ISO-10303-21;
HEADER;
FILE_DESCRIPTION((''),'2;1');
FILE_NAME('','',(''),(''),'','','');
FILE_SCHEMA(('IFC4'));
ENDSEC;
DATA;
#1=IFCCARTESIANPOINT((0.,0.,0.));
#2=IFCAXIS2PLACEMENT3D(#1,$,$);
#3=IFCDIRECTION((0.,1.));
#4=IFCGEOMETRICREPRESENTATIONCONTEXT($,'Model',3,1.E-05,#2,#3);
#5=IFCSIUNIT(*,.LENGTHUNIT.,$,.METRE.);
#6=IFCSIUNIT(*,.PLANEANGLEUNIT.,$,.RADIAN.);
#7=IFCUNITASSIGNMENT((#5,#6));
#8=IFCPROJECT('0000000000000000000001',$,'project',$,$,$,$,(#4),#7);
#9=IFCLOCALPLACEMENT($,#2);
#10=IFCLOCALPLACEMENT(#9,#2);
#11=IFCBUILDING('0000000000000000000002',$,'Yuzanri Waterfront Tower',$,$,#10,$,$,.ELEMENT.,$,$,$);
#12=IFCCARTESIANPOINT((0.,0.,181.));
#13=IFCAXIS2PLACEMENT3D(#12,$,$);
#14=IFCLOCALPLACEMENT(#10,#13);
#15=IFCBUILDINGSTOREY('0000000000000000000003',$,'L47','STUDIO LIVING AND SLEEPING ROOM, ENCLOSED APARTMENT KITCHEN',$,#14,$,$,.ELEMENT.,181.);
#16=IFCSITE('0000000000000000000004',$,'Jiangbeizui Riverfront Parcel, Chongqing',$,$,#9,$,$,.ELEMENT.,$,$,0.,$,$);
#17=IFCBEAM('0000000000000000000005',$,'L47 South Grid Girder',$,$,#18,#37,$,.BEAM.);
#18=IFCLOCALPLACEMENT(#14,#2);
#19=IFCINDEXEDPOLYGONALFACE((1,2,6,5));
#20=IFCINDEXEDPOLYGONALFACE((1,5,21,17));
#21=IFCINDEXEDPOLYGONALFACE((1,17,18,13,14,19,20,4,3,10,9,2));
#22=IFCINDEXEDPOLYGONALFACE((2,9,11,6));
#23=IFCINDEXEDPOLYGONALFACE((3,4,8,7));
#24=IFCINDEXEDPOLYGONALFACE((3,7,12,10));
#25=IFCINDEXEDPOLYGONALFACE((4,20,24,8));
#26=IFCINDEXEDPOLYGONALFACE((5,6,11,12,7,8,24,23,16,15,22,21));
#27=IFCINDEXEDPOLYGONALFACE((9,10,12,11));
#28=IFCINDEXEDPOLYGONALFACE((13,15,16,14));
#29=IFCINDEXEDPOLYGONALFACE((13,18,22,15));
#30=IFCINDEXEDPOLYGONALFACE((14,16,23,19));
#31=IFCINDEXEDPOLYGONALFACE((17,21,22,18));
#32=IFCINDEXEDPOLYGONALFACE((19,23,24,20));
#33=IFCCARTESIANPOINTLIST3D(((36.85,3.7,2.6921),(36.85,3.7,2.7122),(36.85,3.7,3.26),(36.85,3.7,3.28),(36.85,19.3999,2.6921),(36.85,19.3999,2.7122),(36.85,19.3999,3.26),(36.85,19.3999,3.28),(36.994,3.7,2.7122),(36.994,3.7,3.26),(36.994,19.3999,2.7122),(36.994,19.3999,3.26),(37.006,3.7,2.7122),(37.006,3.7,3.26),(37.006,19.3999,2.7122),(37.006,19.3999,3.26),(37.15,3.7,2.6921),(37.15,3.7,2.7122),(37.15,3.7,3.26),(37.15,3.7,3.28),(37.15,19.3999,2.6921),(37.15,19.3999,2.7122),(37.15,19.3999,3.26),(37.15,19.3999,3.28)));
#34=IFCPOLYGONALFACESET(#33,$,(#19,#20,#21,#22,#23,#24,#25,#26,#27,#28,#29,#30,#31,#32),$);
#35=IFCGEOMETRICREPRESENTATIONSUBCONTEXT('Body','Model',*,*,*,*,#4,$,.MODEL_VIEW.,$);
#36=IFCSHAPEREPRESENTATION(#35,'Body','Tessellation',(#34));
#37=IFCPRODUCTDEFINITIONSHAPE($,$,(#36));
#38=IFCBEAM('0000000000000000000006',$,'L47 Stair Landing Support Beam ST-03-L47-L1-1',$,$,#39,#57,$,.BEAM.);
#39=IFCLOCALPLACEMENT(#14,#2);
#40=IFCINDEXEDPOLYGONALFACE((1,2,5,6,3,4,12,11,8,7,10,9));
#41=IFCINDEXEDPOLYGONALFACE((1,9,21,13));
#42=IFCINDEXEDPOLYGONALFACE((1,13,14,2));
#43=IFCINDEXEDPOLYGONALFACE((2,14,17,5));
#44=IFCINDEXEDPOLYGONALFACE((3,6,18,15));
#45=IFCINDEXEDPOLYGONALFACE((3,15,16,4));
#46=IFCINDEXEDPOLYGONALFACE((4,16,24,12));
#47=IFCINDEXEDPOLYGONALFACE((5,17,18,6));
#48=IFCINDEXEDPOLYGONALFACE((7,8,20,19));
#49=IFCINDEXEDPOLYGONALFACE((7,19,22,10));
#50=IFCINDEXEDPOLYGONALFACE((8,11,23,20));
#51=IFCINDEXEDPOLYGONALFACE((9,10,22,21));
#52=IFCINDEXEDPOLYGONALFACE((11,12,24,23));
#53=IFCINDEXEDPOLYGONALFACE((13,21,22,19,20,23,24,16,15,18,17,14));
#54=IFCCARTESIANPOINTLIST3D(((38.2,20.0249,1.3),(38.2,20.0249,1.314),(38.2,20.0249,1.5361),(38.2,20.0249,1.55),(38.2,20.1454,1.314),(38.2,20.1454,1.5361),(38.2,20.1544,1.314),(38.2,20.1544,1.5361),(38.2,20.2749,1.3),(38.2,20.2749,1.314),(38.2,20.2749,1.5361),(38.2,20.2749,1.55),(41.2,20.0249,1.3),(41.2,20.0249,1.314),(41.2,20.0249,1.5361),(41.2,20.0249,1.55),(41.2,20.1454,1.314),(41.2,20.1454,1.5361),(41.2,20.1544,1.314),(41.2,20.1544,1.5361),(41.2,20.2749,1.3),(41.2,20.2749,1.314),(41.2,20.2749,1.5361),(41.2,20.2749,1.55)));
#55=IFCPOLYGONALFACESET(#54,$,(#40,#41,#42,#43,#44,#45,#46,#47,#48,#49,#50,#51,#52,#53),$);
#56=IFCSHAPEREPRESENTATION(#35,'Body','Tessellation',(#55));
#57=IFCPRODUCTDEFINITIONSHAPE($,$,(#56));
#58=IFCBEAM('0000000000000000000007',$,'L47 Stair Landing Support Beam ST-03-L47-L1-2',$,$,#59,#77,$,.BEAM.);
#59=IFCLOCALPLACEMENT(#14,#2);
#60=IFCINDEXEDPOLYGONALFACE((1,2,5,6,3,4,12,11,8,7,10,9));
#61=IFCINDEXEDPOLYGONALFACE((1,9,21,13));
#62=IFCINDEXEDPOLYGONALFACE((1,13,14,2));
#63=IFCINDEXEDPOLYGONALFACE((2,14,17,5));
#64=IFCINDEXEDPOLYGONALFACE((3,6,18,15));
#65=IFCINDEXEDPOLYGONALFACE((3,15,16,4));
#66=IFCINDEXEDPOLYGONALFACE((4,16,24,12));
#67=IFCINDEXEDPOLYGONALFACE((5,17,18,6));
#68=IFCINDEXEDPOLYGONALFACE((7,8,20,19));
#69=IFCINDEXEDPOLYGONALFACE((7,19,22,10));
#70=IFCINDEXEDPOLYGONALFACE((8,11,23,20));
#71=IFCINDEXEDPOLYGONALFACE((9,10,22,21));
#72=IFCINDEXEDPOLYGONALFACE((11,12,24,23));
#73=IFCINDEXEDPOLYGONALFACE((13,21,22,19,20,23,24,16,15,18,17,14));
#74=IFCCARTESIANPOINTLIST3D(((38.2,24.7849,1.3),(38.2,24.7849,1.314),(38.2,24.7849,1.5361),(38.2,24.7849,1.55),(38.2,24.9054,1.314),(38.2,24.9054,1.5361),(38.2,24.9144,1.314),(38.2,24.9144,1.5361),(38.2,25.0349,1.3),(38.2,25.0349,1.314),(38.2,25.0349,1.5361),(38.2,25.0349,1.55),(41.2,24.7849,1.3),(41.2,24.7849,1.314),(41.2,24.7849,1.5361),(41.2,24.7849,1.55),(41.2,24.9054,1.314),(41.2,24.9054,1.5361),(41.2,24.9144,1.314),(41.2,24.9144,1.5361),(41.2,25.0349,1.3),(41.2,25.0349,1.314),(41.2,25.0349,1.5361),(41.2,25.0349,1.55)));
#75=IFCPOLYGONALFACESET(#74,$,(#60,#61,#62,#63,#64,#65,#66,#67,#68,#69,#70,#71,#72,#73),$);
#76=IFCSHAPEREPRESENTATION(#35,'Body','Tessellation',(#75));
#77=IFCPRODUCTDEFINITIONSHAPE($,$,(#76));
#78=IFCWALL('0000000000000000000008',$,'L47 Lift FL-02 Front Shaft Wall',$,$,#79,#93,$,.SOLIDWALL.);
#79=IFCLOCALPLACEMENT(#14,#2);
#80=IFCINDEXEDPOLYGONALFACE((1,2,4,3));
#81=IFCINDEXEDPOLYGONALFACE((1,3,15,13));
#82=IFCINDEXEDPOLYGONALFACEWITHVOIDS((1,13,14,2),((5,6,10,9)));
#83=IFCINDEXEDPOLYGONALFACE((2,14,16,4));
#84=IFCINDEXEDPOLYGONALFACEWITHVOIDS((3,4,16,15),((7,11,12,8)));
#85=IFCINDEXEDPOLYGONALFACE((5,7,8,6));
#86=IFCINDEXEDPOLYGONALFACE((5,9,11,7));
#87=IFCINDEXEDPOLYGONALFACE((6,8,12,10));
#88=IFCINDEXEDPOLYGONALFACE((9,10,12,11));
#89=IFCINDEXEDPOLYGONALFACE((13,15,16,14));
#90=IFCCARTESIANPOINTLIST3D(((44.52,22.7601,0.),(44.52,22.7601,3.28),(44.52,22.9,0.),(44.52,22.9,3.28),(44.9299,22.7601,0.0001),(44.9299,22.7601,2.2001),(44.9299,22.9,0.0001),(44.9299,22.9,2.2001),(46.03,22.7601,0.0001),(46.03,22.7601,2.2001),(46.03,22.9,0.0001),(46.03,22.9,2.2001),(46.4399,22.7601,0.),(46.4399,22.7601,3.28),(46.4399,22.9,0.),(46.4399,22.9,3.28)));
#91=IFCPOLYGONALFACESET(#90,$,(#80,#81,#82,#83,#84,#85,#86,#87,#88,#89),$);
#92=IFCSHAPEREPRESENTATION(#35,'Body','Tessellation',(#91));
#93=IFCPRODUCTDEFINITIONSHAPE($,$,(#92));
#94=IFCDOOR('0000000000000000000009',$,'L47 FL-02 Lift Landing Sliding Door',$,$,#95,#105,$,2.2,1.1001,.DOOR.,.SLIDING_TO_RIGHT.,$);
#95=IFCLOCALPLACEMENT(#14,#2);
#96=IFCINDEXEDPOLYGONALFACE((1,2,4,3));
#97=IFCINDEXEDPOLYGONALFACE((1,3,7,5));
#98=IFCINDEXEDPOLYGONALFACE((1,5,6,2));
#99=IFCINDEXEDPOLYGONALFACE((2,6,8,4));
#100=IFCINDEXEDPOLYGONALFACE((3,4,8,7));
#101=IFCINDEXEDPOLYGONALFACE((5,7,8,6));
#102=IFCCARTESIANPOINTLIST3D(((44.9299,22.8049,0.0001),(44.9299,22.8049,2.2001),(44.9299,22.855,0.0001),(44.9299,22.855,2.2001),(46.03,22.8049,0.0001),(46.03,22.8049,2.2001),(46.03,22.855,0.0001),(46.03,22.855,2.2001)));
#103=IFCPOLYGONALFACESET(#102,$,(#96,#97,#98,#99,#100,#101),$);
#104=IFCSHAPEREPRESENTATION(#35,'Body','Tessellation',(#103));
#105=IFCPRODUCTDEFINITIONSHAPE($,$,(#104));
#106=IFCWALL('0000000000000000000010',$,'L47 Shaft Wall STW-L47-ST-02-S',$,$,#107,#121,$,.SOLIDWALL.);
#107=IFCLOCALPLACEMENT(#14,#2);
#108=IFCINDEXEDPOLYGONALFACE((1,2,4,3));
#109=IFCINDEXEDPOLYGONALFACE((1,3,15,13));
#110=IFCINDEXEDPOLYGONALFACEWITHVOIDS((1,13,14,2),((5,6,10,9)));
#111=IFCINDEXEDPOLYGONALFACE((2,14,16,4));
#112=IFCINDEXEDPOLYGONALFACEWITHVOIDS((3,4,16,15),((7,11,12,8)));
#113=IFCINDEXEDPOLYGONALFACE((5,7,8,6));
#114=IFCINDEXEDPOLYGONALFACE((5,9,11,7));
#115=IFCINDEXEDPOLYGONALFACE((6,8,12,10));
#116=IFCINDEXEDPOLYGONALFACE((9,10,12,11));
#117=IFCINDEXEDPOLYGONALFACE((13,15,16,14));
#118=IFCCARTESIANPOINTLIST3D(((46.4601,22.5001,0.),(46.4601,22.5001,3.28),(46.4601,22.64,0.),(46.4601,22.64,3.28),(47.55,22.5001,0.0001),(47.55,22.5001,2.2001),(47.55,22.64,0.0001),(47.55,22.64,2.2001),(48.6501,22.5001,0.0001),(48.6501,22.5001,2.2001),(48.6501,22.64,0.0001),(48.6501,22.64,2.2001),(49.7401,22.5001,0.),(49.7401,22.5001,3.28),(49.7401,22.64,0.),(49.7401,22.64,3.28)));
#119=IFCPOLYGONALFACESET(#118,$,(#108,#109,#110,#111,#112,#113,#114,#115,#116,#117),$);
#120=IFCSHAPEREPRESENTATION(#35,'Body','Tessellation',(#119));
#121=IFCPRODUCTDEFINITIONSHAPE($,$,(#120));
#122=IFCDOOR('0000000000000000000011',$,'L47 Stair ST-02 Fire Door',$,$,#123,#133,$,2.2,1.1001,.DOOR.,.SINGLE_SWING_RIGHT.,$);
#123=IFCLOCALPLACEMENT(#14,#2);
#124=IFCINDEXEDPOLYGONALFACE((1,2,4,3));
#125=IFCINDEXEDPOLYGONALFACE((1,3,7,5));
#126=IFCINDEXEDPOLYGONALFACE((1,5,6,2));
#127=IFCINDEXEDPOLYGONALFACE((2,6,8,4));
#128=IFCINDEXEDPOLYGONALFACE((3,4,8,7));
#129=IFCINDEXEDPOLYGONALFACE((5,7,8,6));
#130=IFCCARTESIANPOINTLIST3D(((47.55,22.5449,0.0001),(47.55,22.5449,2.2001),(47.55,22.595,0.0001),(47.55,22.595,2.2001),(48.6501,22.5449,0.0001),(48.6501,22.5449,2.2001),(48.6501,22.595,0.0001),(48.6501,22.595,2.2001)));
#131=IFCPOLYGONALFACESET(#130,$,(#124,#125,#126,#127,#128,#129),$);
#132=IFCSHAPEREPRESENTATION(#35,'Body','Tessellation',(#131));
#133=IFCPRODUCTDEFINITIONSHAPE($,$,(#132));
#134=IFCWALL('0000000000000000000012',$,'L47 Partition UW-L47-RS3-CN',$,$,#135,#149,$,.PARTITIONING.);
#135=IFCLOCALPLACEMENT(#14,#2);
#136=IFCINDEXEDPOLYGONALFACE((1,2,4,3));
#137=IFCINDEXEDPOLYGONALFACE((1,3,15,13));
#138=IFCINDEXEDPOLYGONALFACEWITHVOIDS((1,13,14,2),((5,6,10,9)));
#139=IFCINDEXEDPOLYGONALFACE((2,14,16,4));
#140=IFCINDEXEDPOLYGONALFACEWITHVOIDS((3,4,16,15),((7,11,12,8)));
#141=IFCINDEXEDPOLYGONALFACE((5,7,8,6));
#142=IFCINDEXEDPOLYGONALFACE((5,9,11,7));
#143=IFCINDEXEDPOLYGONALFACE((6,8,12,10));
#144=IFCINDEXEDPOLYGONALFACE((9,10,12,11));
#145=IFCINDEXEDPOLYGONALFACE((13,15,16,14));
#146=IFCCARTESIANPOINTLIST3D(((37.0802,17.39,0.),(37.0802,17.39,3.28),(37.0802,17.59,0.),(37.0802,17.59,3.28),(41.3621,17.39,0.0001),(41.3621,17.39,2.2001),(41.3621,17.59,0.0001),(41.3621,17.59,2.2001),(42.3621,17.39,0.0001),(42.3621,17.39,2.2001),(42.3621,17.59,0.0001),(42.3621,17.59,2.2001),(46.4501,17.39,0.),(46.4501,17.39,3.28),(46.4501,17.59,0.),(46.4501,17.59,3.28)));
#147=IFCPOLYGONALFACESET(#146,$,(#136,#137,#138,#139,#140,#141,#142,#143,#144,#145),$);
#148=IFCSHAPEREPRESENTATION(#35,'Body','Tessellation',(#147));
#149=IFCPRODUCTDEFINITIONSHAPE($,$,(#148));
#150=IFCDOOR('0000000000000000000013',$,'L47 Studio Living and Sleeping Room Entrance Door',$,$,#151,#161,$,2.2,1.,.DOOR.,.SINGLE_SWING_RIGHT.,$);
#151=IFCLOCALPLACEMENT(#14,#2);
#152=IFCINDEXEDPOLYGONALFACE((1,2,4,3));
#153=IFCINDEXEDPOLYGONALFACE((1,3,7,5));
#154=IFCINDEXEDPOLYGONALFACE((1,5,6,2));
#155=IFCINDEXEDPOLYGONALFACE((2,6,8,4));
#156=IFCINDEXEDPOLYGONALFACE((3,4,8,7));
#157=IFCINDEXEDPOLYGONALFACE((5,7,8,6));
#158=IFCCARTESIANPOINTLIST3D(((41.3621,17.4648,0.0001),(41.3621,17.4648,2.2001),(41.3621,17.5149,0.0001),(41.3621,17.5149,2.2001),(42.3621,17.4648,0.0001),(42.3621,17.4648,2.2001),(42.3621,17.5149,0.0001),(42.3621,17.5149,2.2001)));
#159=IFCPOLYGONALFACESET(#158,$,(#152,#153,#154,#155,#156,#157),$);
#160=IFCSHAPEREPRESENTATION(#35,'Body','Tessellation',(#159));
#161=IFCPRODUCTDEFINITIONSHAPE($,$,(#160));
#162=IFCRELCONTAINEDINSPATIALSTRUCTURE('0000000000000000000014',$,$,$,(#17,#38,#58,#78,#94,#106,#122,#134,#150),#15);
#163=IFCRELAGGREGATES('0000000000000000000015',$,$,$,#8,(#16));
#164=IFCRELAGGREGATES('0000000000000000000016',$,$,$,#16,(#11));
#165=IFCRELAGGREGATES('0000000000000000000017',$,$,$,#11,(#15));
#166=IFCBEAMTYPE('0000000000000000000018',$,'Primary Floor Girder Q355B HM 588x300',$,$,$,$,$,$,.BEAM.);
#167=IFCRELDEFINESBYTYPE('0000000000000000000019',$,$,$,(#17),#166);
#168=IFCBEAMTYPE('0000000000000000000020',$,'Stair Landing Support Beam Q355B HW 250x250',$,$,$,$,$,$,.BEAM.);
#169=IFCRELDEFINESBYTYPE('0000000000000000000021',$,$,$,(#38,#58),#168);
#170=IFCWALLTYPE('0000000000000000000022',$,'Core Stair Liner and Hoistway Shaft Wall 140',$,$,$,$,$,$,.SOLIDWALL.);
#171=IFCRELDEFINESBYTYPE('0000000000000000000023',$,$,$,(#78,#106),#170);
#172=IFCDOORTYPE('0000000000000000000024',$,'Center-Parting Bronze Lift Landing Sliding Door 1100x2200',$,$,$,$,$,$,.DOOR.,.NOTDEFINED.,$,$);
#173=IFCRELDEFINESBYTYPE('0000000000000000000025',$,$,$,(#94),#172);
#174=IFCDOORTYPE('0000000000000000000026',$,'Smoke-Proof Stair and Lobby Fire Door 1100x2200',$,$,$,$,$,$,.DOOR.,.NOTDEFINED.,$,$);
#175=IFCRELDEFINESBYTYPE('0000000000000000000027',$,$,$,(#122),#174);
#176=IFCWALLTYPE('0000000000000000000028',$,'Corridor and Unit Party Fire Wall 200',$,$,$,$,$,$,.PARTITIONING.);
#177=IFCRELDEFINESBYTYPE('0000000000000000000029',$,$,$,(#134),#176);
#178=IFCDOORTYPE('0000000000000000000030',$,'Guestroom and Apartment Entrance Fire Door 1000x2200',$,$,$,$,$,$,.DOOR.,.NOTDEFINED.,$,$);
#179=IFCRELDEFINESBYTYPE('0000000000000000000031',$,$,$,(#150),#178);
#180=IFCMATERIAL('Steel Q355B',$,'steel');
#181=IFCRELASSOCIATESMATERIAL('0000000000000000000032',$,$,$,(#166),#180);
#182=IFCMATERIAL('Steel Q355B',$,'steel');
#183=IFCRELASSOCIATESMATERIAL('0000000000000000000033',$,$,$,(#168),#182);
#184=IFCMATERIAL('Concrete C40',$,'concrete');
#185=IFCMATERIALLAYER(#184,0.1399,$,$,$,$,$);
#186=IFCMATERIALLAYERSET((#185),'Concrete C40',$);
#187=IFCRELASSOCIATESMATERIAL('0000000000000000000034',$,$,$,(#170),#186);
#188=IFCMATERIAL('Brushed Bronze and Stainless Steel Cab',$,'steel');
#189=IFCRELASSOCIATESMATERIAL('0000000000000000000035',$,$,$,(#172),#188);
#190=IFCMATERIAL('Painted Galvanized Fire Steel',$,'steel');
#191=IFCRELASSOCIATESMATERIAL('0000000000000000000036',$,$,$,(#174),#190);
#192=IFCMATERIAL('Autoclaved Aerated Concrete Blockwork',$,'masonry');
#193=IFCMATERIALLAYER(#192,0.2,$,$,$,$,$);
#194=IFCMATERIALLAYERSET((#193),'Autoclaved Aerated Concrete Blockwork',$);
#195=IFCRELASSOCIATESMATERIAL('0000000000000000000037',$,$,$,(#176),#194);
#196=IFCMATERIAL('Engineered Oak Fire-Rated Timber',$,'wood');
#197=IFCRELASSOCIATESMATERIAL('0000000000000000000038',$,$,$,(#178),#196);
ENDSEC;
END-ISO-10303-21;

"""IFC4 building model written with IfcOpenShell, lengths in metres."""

from ifc_helpers import new_model, si_unit, direction, frame, frame_2d, origin, origin_2d, place, context, subcontext, project, spatial, rectangle, i_section, extrude, source, transform, mapped, material, layer, layer_set, material_profile, profile_set, type_object, element, fill, save


model = new_model("IFC4")

# Units and contexts
model_context = context("Model", 3, precision=1e-05, world=origin(), true_north=direction((0.0, 1.0)))
body_context = subcontext(model_context, "Body", "Model", "MODEL_VIEW")
ifc_project = project(units=[si_unit("LENGTHUNIT", "METRE"), si_unit("PLANEANGLEUNIT", "RADIAN")], contexts=[model_context])

# Site, building, storey
site_placement = place(None, origin())
site = spatial("IfcSite", under=ifc_project, at=site_placement, Name="Jiangbeizui Riverfront Parcel, Chongqing", CompositionType="ELEMENT", RefElevation=0.0)
building_placement = place(site_placement, origin())
building = spatial("IfcBuilding", under=site, at=building_placement, Name="Yuzanri Waterfront Tower", CompositionType="ELEMENT")
storey_placement = place(building_placement, frame((0.0, 0.0, 181.0)))
storey = spatial("IfcBuildingStorey", under=building, at=storey_placement, Name="L47", Description="STUDIO LIVING AND SLEEPING ROOM, ENCLOSED APARTMENT KITCHEN", CompositionType="ELEMENT", Elevation=181.0)

# Beams
ifc_material_1 = material(Name="Steel Q355B", Category="steel")
ifc_material_profile_1 = material_profile(ifc_material_1, i_section(OverallWidth=0.3, OverallDepth=0.5879, WebThickness=0.012, FlangeThickness=0.02, at=origin_2d()), Name="HM 588x300x12x20")
ifc_profile_set_1 = profile_set([ifc_material_profile_1], Name="Steel Q355B")
beam_type_1 = type_object("IfcBeamType", Name="Primary Floor Girder Q355B HM 588x300", PredefinedType="BEAM", material=ifc_profile_set_1)
shared_shape_1 = source(origin(), body_context, "Body", "SweptSolid", [
    extrude(i_section(OverallWidth=0.3, OverallDepth=0.5879, WebThickness=0.012, FlangeThickness=0.02, at=origin_2d()), origin(), (0.0, 0.0, 1.0), 15.7),
])
beam_placement = place(storey_placement, frame((37.0, 19.3999, 2.9861), z_axis=(0.0, -1.0, 0.0), x_axis=(1.0, 0.0, 0.0)))
element("IfcBeam", 1, at=beam_placement, inside=storey, type_object=beam_type_1, Name="L47 South Grid Girder", PredefinedType="BEAM", context=body_context, shape_type="MappedRepresentation", body=[
    mapped(shared_shape_1, transform((0.0, 0.0, 0.0), scale=1.0)),
])
ifc_material_2 = material(Name="Steel Q355B", Category="steel")
ifc_material_profile_2 = material_profile(ifc_material_2, i_section(OverallWidth=0.25, OverallDepth=0.25, WebThickness=0.009, FlangeThickness=0.0139, at=origin_2d()), Name="HW 250x250x9x14")
ifc_profile_set_2 = profile_set([ifc_material_profile_2], Name="Steel Q355B")
beam_type_2 = type_object("IfcBeamType", Name="Stair Landing Support Beam Q355B HW 250x250", PredefinedType="BEAM", material=ifc_profile_set_2)
shared_shape_2 = source(origin(), body_context, "Body", "SweptSolid", [
    extrude(i_section(OverallWidth=0.25, OverallDepth=0.25, WebThickness=0.009, FlangeThickness=0.0139, at=origin_2d()), origin(), (0.0, 0.0, 1.0), 3.0),
])
for number, where, z_axis, x_axis, name in (
    (2, (38.2, 20.1499, 1.425), (1.0, 0.0, 0.0), (0.0, 1.0, 0.0), "L47 Stair Landing Support Beam ST-03-L47-L1-1"),
    (3, (38.2, 24.9099, 1.425), (1.0, 0.0, 0.0), (0.0, 1.0, 0.0), "L47 Stair Landing Support Beam ST-03-L47-L1-2"),
):
    element("IfcBeam", number, at=place(storey_placement, frame(where, z_axis=z_axis, x_axis=x_axis)), inside=storey, type_object=beam_type_2, Name=name, PredefinedType="BEAM", context=body_context, shape_type="MappedRepresentation", body=[
        mapped(shared_shape_2, transform((0.0, 0.0, 0.0), scale=1.0)),
    ])

# Walls, openings, doors
ifc_material_3 = material(Name="Concrete C40", Category="concrete")
ifc_layer_1 = layer(ifc_material_3, 0.1399)
ifc_layer_set_1 = layer_set([ifc_layer_1], Name="Concrete C40")
wall_type_1 = type_object("IfcWallType", Name="Core Stair Liner and Hoistway Shaft Wall 140", PredefinedType="SOLIDWALL", material=ifc_layer_set_1)
wall_1_placement = place(storey_placement, frame((44.52, 22.8301, 0.0), z_axis=(0.0, 0.0, 1.0), x_axis=(1.0, 0.0, 0.0)))
wall_1 = element("IfcWall", 4, at=wall_1_placement, inside=storey, type_object=wall_type_1, Name="L47 Lift FL-02 Front Shaft Wall", PredefinedType="SOLIDWALL", context=body_context, shape_type="SweptSolid", body=[
    extrude(rectangle(XDim=1.9199, YDim=0.1399, at=frame_2d((0.96, 0.0))), origin(), (0.0, 0.0, 1.0), 3.28),
])
opening_1_placement = place(wall_1_placement, frame((0.4099, 0.0, 0.0)))
opening_1 = element("IfcOpeningElement", 5, at=opening_1_placement, cuts=wall_1, PredefinedType="OPENING", context=body_context, shape_type="SweptSolid", body=[
    extrude(rectangle(XDim=1.1001, YDim=2.2, at=frame_2d((0.55, 1.1001))), frame((0.0, 0.085, 0.0), z_axis=(0.0, -1.0, 0.0), x_axis=(1.0, 0.0, 0.0)), (0.0, 0.0, 1.0), 0.1697),
])
ifc_material_4 = material(Name="Brushed Bronze and Stainless Steel Cab", Category="steel")
door_type_1 = type_object("IfcDoorType", Name="Center-Parting Bronze Lift Landing Sliding Door 1100x2200", OperationType="NOTDEFINED", PredefinedType="DOOR", material=ifc_material_4)
shared_shape_3 = source(origin(), body_context, "Body", "SweptSolid", [
    extrude(rectangle(XDim=1.1001, YDim=2.2, at=frame_2d((0.55, 1.1001))), frame((0.0, 0.0249, 0.0), z_axis=(0.0, -1.0, 0.0), x_axis=(1.0, 0.0, 0.0)), (0.0, 0.0, 1.0), 0.05),
])
door_1_placement = place(opening_1_placement, origin())
door_1 = element("IfcDoor", 6, at=door_1_placement, inside=storey, type_object=door_type_1, Name="L47 FL-02 Lift Landing Sliding Door", OperationType="SLIDING_TO_RIGHT", OverallHeight=2.2, OverallWidth=1.1001, PredefinedType="DOOR", context=body_context, shape_type="MappedRepresentation", body=[
    mapped(shared_shape_3, transform((0.0, 0.0, 0.0), scale=1.0)),
])
fill(opening_1, door_1)
wall_2_placement = place(storey_placement, frame((46.46, 22.5701, 0.0), z_axis=(0.0, 0.0, 1.0), x_axis=(1.0, 0.0, 0.0)))
wall_2 = element("IfcWall", 7, at=wall_2_placement, inside=storey, type_object=wall_type_1, Name="L47 Shaft Wall STW-L47-ST-02-S", PredefinedType="SOLIDWALL", context=body_context, shape_type="SweptSolid", body=[
    extrude(rectangle(XDim=3.28, YDim=0.1399, at=frame_2d((1.6401, 0.0))), origin(), (0.0, 0.0, 1.0), 3.28),
])
opening_2_placement = place(wall_2_placement, frame((1.0901, 0.0, 0.0)))
opening_2 = element("IfcOpeningElement", 8, at=opening_2_placement, cuts=wall_2, PredefinedType="OPENING", context=body_context, shape_type="SweptSolid", body=[
    extrude(rectangle(XDim=1.1001, YDim=2.2, at=frame_2d((0.55, 1.1001))), frame((0.0, 0.085, 0.0), z_axis=(0.0, -1.0, 0.0), x_axis=(1.0, 0.0, 0.0)), (0.0, 0.0, 1.0), 0.1697),
])
ifc_material_5 = material(Name="Painted Galvanized Fire Steel", Category="steel")
door_type_2 = type_object("IfcDoorType", Name="Smoke-Proof Stair and Lobby Fire Door 1100x2200", OperationType="NOTDEFINED", PredefinedType="DOOR", material=ifc_material_5)
shared_shape_4 = source(origin(), body_context, "Body", "SweptSolid", [
    extrude(rectangle(XDim=1.1001, YDim=2.2, at=frame_2d((0.55, 1.1001))), frame((0.0, 0.0249, 0.0), z_axis=(0.0, -1.0, 0.0), x_axis=(1.0, 0.0, 0.0)), (0.0, 0.0, 1.0), 0.05),
])
door_2_placement = place(opening_2_placement, origin())
door_2 = element("IfcDoor", 9, at=door_2_placement, inside=storey, type_object=door_type_2, Name="L47 Stair ST-02 Fire Door", OperationType="SINGLE_SWING_RIGHT", OverallHeight=2.2, OverallWidth=1.1001, PredefinedType="DOOR", context=body_context, shape_type="MappedRepresentation", body=[
    mapped(shared_shape_4, transform((0.0, 0.0, 0.0), scale=1.0)),
])
fill(opening_2, door_2)
ifc_material_6 = material(Name="Autoclaved Aerated Concrete Blockwork", Category="masonry")
ifc_layer_2 = layer(ifc_material_6, 0.2)
ifc_layer_set_2 = layer_set([ifc_layer_2], Name="Autoclaved Aerated Concrete Blockwork")
wall_type_2 = type_object("IfcWallType", Name="Corridor and Unit Party Fire Wall 200", PredefinedType="PARTITIONING", material=ifc_layer_set_2)
wall_3_placement = place(storey_placement, frame((37.0801, 17.49, 0.0), z_axis=(0.0, 0.0, 1.0), x_axis=(1.0, 0.0, 0.0)))
wall_3 = element("IfcWall", 10, at=wall_3_placement, inside=storey, type_object=wall_type_2, Name="L47 Partition UW-L47-RS3-CN", PredefinedType="PARTITIONING", context=body_context, shape_type="SweptSolid", body=[
    extrude(rectangle(XDim=9.3699, YDim=0.2, at=frame_2d((4.6851, 0.0))), origin(), (0.0, 0.0, 1.0), 3.28),
])
opening_3_placement = place(wall_3_placement, frame((4.282, 0.0, 0.0)))
opening_3 = element("IfcOpeningElement", 11, at=opening_3_placement, cuts=wall_3, PredefinedType="OPENING", context=body_context, shape_type="SweptSolid", body=[
    extrude(rectangle(XDim=1.0, YDim=2.2, at=frame_2d((0.5, 1.1001))), frame((0.0, 0.1147, 0.0), z_axis=(0.0, -1.0, 0.0), x_axis=(1.0, 0.0, 0.0)), (0.0, 0.0, 1.0), 0.2297),
])
ifc_material_7 = material(Name="Engineered Oak Fire-Rated Timber", Category="wood")
door_type_3 = type_object("IfcDoorType", Name="Guestroom and Apartment Entrance Fire Door 1000x2200", OperationType="NOTDEFINED", PredefinedType="DOOR", material=ifc_material_7)
shared_shape_5 = source(origin(), body_context, "Body", "SweptSolid", [
    extrude(rectangle(XDim=1.0, YDim=2.2, at=frame_2d((0.5, 1.1001))), frame((0.0, 0.0249, 0.0), z_axis=(0.0, -1.0, 0.0), x_axis=(1.0, 0.0, 0.0)), (0.0, 0.0, 1.0), 0.05),
])
door_3_placement = place(opening_3_placement, origin())
door_3 = element("IfcDoor", 12, at=door_3_placement, inside=storey, type_object=door_type_3, Name="L47 Studio Living and Sleeping Room Entrance Door", OperationType="SINGLE_SWING_RIGHT", OverallHeight=2.2, OverallWidth=1.0, PredefinedType="DOOR", context=body_context, shape_type="MappedRepresentation", body=[
    mapped(shared_shape_5, transform((0.0, 0.0, 0.0), scale=1.0)),
])
fill(opening_3, door_3)

save(model, "model.ifc")
